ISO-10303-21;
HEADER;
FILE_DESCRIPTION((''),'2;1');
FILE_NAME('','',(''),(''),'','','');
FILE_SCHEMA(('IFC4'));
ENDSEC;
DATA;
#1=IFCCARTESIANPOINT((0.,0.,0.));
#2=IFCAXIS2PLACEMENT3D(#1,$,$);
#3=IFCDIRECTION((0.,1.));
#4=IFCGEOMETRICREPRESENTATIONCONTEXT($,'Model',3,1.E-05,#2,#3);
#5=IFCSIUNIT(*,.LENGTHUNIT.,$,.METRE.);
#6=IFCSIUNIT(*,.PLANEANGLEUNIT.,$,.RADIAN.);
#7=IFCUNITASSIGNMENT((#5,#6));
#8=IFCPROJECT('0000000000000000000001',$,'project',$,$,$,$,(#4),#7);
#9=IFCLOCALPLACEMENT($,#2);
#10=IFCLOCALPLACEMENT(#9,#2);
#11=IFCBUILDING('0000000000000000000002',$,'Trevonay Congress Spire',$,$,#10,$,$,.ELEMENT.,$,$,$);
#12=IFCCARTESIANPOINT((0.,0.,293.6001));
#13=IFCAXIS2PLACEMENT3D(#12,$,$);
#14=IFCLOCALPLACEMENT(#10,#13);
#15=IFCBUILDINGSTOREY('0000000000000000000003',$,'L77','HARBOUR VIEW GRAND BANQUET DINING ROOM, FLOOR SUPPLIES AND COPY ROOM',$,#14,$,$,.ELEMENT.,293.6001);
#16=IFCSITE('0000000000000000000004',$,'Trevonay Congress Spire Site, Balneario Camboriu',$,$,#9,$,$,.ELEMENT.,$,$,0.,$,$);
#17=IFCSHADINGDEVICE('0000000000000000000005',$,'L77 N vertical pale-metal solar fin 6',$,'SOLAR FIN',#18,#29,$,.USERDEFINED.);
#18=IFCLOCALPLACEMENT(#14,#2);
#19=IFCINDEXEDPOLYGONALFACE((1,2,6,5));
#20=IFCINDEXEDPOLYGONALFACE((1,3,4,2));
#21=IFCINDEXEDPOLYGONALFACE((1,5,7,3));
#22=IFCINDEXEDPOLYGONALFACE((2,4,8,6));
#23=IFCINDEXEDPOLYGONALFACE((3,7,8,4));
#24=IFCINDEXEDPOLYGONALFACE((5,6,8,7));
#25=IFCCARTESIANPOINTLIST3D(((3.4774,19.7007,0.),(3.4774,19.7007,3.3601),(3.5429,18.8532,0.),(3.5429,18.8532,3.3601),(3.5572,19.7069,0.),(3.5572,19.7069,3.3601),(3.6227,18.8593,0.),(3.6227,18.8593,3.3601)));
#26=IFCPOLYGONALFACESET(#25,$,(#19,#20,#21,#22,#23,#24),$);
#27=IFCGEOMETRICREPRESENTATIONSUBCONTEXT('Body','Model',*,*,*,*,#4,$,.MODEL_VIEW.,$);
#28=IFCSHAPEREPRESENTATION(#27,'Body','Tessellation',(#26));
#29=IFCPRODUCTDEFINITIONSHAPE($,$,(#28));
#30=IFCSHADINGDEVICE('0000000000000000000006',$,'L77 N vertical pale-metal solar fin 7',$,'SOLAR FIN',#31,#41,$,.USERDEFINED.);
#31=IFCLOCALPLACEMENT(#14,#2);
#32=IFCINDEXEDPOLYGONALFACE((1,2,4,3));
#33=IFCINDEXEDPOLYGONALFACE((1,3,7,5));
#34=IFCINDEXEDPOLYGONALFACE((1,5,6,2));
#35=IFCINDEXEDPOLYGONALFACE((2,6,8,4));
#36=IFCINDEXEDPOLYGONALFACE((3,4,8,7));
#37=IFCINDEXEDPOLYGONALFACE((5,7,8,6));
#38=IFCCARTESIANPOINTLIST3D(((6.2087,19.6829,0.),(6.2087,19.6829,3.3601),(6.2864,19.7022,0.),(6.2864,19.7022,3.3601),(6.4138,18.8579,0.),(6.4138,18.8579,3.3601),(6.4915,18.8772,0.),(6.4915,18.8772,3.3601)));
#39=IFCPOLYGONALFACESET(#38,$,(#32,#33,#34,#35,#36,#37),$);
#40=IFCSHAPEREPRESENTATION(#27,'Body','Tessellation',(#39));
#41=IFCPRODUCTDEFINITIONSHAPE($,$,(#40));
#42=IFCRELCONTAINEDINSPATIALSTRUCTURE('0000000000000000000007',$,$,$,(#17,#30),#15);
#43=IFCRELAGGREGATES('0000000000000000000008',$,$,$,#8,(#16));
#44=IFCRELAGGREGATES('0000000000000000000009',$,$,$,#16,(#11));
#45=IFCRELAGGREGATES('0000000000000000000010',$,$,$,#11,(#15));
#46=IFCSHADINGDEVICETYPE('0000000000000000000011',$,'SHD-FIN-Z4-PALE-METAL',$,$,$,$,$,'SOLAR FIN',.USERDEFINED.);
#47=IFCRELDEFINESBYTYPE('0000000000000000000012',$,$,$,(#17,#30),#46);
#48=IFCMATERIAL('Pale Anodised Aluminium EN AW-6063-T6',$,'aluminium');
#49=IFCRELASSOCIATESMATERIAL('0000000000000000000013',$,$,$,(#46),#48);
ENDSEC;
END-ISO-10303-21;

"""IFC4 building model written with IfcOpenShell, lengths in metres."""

from ifc_helpers import new_model, si_unit, direction, frame, origin, origin_2d, place, context, subcontext, project, spatial, rectangle, extrude, material, type_object, element, save


model = new_model("IFC4")

# Units and contexts
model_context = context("Model", 3, precision=1e-05, world=origin(), true_north=direction((0.0, 1.0)))
body_context = subcontext(model_context, "Body", "Model", "MODEL_VIEW")
ifc_project = project(units=[si_unit("LENGTHUNIT", "METRE"), si_unit("PLANEANGLEUNIT", "RADIAN")], contexts=[model_context])

# Site, building, storey
site_placement = place(None, origin())
site = spatial("IfcSite", under=ifc_project, at=site_placement, Name="Trevonay Congress Spire Site, Balneario Camboriu", CompositionType="ELEMENT", RefElevation=0.0)
building_placement = place(site_placement, origin())
building = spatial("IfcBuilding", under=site, at=building_placement, Name="Trevonay Congress Spire", CompositionType="ELEMENT")
storey_placement = place(building_placement, frame((0.0, 0.0, 293.6001)))
storey = spatial("IfcBuildingStorey", under=building, at=storey_placement, Name="L77", Description="HARBOUR VIEW GRAND BANQUET DINING ROOM, FLOOR SUPPLIES AND COPY ROOM", CompositionType="ELEMENT", Elevation=293.6001)

# Shared definitions
ifc_material_1 = material(Name="Pale Anodised Aluminium EN AW-6063-T6", Category="aluminium")

# Shading devices
shading_device_type = type_object("IfcShadingDeviceType", Name="SHD-FIN-Z4-PALE-METAL", ElementType="SOLAR FIN", PredefinedType="USERDEFINED", material=ifc_material_1)
for number, where, z_axis, x_axis, name in (
    (1, (3.55, 19.28, 0.0), (0.0, 0.0, 1.0), (0.997026, 0.077067, 0.0), "L77 N vertical pale-metal solar fin 6"),
    (2, (6.3501, 19.28, 0.0), (0.0, 0.0, 1.0), (0.970464, 0.241244, 0.0), "L77 N vertical pale-metal solar fin 7"),
):
    element("IfcShadingDevice", number, at=place(storey_placement, frame(where, z_axis=z_axis, x_axis=x_axis)), inside=storey, type_object=shading_device_type, Name=name, ObjectType="SOLAR FIN", PredefinedType="USERDEFINED", context=body_context, shape_type="SweptSolid", body=[
        extrude(rectangle(XDim=0.0801, YDim=0.8501, at=origin_2d()), origin(), (0.0, 0.0, 1.0), 3.3601),
    ])

save(model, "model.ifc")
